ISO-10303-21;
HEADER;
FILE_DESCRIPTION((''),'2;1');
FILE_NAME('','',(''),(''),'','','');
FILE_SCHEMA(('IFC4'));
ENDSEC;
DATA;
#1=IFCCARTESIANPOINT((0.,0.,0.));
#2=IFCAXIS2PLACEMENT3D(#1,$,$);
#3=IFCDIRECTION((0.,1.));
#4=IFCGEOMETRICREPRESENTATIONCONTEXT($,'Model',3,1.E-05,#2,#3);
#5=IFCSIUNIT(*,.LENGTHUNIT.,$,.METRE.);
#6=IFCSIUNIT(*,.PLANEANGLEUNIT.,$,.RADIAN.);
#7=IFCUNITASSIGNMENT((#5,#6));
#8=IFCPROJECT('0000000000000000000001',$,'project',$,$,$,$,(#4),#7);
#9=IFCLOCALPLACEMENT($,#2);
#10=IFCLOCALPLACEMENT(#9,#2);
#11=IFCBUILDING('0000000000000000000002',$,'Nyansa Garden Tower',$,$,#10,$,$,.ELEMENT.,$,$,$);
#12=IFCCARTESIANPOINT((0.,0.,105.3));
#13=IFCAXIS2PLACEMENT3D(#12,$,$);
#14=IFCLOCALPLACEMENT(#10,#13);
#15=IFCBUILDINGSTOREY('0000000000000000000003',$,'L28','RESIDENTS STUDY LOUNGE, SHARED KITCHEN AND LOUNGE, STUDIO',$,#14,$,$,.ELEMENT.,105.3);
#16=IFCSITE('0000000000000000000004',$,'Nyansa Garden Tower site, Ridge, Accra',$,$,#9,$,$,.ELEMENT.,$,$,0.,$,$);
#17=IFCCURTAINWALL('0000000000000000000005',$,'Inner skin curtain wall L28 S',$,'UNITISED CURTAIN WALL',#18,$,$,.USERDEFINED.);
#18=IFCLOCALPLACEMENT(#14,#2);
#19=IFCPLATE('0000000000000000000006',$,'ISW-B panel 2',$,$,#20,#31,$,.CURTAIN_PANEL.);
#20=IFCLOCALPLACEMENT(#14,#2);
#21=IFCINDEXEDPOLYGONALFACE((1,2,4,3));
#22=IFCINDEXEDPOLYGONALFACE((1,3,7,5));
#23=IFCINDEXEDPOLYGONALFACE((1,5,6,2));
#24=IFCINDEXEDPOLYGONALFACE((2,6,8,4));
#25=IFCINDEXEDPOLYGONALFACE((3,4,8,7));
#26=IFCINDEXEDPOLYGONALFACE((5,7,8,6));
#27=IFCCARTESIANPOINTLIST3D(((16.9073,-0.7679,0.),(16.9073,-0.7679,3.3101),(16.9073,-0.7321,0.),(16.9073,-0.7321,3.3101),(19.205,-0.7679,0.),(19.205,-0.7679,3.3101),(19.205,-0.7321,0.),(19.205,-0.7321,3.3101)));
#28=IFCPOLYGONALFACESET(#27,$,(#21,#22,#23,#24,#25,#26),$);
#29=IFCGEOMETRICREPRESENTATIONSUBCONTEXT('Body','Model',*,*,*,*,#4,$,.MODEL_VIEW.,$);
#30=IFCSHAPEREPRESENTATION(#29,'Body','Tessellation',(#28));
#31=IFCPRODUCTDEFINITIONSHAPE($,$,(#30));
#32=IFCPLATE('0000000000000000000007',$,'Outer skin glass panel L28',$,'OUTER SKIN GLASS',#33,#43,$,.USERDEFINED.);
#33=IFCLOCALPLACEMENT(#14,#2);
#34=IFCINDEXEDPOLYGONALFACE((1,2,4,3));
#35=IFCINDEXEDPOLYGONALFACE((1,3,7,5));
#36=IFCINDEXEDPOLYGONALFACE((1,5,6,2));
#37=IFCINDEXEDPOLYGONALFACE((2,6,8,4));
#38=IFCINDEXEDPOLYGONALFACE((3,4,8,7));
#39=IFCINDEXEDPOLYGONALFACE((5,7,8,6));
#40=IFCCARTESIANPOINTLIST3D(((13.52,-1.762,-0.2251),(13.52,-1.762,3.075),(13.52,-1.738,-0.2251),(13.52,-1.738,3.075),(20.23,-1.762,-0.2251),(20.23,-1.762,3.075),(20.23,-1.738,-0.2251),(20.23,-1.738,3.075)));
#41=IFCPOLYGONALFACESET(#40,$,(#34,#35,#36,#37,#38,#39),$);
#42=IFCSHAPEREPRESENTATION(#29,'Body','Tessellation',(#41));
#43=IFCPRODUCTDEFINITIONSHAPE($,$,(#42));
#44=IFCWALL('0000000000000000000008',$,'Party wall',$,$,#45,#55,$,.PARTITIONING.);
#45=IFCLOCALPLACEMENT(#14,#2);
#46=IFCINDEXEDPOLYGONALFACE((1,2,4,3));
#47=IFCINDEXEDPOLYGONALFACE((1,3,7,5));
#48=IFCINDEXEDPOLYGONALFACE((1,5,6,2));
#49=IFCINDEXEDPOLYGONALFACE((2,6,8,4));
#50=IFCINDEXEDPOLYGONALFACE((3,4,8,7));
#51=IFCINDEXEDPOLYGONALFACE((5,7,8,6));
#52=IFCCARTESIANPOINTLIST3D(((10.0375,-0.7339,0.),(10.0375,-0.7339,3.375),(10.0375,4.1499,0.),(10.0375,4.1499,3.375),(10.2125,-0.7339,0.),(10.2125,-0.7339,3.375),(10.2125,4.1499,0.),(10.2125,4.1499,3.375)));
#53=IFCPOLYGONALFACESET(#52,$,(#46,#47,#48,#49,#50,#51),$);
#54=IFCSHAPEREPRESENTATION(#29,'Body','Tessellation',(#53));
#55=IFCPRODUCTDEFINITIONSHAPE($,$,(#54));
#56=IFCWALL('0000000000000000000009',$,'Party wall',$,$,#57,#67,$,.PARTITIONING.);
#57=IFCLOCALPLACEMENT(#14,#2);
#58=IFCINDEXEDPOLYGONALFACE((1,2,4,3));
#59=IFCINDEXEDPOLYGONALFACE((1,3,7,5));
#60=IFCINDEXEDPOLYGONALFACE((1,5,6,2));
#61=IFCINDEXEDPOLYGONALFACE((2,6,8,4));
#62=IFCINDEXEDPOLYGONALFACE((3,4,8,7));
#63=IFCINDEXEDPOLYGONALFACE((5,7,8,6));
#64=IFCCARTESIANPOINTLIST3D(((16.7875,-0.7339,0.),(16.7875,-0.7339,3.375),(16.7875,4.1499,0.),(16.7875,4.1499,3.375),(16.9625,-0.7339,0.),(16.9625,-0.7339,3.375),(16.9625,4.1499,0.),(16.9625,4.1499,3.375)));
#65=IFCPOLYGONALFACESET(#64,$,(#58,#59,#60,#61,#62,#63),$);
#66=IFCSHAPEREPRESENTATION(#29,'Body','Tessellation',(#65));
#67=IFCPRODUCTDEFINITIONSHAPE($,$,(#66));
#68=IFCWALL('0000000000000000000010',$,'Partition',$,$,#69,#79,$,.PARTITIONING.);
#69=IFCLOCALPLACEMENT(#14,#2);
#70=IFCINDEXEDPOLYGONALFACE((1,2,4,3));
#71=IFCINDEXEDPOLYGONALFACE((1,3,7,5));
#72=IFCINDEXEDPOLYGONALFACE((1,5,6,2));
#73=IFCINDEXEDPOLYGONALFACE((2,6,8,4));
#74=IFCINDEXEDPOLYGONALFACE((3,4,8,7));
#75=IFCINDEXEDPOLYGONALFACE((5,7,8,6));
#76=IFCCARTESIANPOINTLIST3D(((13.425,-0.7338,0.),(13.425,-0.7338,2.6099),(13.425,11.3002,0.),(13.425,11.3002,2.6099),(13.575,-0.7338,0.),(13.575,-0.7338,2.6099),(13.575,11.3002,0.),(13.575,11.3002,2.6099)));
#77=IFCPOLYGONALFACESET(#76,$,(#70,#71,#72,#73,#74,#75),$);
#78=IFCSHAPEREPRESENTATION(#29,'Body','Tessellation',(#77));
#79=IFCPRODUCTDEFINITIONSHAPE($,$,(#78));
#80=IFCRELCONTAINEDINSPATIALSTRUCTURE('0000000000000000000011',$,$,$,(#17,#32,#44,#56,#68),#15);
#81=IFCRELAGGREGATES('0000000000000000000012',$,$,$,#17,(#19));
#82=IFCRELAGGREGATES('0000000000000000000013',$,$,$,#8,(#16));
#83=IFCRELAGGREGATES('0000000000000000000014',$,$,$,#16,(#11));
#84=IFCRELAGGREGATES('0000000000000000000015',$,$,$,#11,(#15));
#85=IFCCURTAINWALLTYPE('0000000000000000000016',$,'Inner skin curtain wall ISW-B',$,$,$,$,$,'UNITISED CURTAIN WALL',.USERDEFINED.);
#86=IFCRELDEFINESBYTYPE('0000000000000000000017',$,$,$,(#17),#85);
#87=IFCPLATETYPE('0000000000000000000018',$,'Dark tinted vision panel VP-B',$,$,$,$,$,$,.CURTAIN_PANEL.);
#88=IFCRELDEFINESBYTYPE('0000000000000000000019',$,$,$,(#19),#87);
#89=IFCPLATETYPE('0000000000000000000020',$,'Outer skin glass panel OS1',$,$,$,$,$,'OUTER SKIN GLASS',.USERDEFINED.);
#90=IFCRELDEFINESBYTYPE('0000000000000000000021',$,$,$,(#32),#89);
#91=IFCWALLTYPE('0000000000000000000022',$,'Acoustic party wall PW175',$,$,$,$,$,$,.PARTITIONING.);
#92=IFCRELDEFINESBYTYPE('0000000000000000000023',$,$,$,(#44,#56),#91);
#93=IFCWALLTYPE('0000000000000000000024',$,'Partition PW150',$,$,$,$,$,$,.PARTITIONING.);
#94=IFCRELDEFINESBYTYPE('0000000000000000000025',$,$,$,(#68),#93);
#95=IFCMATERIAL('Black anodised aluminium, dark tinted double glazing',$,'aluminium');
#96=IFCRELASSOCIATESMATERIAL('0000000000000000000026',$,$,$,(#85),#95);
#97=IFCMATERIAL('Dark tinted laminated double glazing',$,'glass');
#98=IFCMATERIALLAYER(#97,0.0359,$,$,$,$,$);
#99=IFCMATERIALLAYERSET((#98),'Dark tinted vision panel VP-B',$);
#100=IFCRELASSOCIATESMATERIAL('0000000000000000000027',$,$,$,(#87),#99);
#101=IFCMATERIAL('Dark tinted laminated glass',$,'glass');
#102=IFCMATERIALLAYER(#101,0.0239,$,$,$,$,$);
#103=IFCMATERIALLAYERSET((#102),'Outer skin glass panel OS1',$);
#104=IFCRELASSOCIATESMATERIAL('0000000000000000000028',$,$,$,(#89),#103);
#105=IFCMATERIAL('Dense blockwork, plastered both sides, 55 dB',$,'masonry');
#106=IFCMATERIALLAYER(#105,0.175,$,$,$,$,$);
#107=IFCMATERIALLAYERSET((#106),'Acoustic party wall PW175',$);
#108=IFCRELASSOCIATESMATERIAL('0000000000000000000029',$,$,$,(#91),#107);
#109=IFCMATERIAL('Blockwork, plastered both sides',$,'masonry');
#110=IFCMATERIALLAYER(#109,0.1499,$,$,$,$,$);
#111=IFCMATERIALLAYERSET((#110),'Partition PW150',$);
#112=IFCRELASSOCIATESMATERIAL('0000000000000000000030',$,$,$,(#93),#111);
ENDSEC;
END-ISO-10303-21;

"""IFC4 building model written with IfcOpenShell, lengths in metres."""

from ifc_helpers import new_model, si_unit, direction, frame, frame_2d, origin, origin_2d, place, context, subcontext, project, spatial, rectangle, extrude, material, layer, layer_set, type_object, element, aggregate, save


model = new_model("IFC4")

# Units and contexts
model_context = context("Model", 3, precision=1e-05, world=origin(), true_north=direction((0.0, 1.0)))
body_context = subcontext(model_context, "Body", "Model", "MODEL_VIEW")
ifc_project = project(units=[si_unit("LENGTHUNIT", "METRE"), si_unit("PLANEANGLEUNIT", "RADIAN")], contexts=[model_context])

# Site, building, storey
site_placement = place(None, origin())
site = spatial("IfcSite", under=ifc_project, at=site_placement, Name="Nyansa Garden Tower site, Ridge, Accra", CompositionType="ELEMENT", RefElevation=0.0)
building_placement = place(site_placement, origin())
building = spatial("IfcBuilding", under=site, at=building_placement, Name="Nyansa Garden Tower", CompositionType="ELEMENT")
storey_placement = place(building_placement, frame((0.0, 0.0, 105.3)))
storey = spatial("IfcBuildingStorey", under=building, at=storey_placement, Name="L28", Description="RESIDENTS STUDY LOUNGE, SHARED KITCHEN AND LOUNGE, STUDIO", CompositionType="ELEMENT", Elevation=105.3)

# Curtain wall
ifc_material_1 = material(Name="Black anodised aluminium, dark tinted double glazing", Category="aluminium")
curtain_wall_type = type_object("IfcCurtainWallType", Name="Inner skin curtain wall ISW-B", ElementType="UNITISED CURTAIN WALL", PredefinedType="USERDEFINED", material=ifc_material_1)
curtain_wall_1_placement = place(storey_placement, origin())
curtain_wall_1 = element("IfcCurtainWall", 1, at=curtain_wall_1_placement, inside=storey, type_object=curtain_wall_type, Name="Inner skin curtain wall L28 S", ObjectType="UNITISED CURTAIN WALL", PredefinedType="USERDEFINED")

# Plates
ifc_material_2 = material(Name="Dark tinted laminated double glazing", Category="glass")
ifc_layer_1 = layer(ifc_material_2, 0.0359)
ifc_layer_set_1 = layer_set([ifc_layer_1], Name="Dark tinted vision panel VP-B")
plate_type_1 = type_object("IfcPlateType", Name="Dark tinted vision panel VP-B", PredefinedType="CURTAIN_PANEL", material=ifc_layer_set_1)
plate_1_placement = place(storey_placement, frame((18.0562, -0.75, 0.0), z_axis=(0.0, 0.0, 1.0), x_axis=(1.0, 0.0, 0.0)))
plate_1 = element("IfcPlate", 2, at=plate_1_placement, type_object=plate_type_1, Name="ISW-B panel 2", PredefinedType="CURTAIN_PANEL", context=body_context, shape_type="SweptSolid", body=[
    extrude(rectangle(XDim=2.2976, YDim=0.0359, at=origin_2d()), origin(), (0.0, 0.0, 1.0), 3.3101),
])
aggregate(curtain_wall_1, [plate_1])
ifc_material_3 = material(Name="Dark tinted laminated glass", Category="glass")
ifc_layer_2 = layer(ifc_material_3, 0.0239)
ifc_layer_set_2 = layer_set([ifc_layer_2], Name="Outer skin glass panel OS1")
plate_type_2 = type_object("IfcPlateType", Name="Outer skin glass panel OS1", ElementType="OUTER SKIN GLASS", PredefinedType="USERDEFINED", material=ifc_layer_set_2)
plate_2_placement = place(storey_placement, frame((16.875, -1.75, -0.2251), z_axis=(0.0, 0.0, 1.0), x_axis=(1.0, 0.0, 0.0)))
element("IfcPlate", 3, at=plate_2_placement, inside=storey, type_object=plate_type_2, Name="Outer skin glass panel L28", ObjectType="OUTER SKIN GLASS", PredefinedType="USERDEFINED", context=body_context, shape_type="SweptSolid", body=[
    extrude(rectangle(XDim=6.71, YDim=0.0239, at=origin_2d()), origin(), (0.0, 0.0, 1.0), 3.3),
])

# Walls
ifc_material_4 = material(Name="Dense blockwork, plastered both sides, 55 dB", Category="masonry")
ifc_layer_3 = layer(ifc_material_4, 0.175)
ifc_layer_set_3 = layer_set([ifc_layer_3], Name="Acoustic party wall PW175")
wall_type_1 = type_object("IfcWallType", Name="Acoustic party wall PW175", PredefinedType="PARTITIONING", material=ifc_layer_set_3)
for number, where, z_axis, x_axis, name in (
    (4, (10.125, -0.7339, 0.0), (0.0, 0.0, 1.0), (0.0, 1.0, 0.0), "Party wall"),
    (5, (16.875, -0.7339, 0.0), (0.0, 0.0, 1.0), (0.0, 1.0, 0.0), "Party wall"),
):
    element("IfcWall", number, at=place(storey_placement, frame(where, z_axis=z_axis, x_axis=x_axis)), inside=storey, type_object=wall_type_1, Name=name, PredefinedType="PARTITIONING", context=body_context, shape_type="SweptSolid", body=[
        extrude(rectangle(XDim=4.8838, YDim=0.175, at=frame_2d((2.4419, 0.0))), origin(), (0.0, 0.0, 1.0), 3.375),
    ])
ifc_material_5 = material(Name="Blockwork, plastered both sides", Category="masonry")
ifc_layer_4 = layer(ifc_material_5, 0.1499)
ifc_layer_set_4 = layer_set([ifc_layer_4], Name="Partition PW150")
wall_type_2 = type_object("IfcWallType", Name="Partition PW150", PredefinedType="PARTITIONING", material=ifc_layer_set_4)
wall_placement = place(storey_placement, frame((13.5, -0.7339, 0.0), z_axis=(0.0, 0.0, 1.0), x_axis=(0.0, 1.0, 0.0)))
element("IfcWall", 6, at=wall_placement, inside=storey, type_object=wall_type_2, Name="Partition", PredefinedType="PARTITIONING", context=body_context, shape_type="SweptSolid", body=[
    extrude(rectangle(XDim=12.0339, YDim=0.1499, at=frame_2d((6.0171, 0.0))), origin(), (0.0, 0.0, 1.0), 2.6099),
])

save(model, "model.ifc")
